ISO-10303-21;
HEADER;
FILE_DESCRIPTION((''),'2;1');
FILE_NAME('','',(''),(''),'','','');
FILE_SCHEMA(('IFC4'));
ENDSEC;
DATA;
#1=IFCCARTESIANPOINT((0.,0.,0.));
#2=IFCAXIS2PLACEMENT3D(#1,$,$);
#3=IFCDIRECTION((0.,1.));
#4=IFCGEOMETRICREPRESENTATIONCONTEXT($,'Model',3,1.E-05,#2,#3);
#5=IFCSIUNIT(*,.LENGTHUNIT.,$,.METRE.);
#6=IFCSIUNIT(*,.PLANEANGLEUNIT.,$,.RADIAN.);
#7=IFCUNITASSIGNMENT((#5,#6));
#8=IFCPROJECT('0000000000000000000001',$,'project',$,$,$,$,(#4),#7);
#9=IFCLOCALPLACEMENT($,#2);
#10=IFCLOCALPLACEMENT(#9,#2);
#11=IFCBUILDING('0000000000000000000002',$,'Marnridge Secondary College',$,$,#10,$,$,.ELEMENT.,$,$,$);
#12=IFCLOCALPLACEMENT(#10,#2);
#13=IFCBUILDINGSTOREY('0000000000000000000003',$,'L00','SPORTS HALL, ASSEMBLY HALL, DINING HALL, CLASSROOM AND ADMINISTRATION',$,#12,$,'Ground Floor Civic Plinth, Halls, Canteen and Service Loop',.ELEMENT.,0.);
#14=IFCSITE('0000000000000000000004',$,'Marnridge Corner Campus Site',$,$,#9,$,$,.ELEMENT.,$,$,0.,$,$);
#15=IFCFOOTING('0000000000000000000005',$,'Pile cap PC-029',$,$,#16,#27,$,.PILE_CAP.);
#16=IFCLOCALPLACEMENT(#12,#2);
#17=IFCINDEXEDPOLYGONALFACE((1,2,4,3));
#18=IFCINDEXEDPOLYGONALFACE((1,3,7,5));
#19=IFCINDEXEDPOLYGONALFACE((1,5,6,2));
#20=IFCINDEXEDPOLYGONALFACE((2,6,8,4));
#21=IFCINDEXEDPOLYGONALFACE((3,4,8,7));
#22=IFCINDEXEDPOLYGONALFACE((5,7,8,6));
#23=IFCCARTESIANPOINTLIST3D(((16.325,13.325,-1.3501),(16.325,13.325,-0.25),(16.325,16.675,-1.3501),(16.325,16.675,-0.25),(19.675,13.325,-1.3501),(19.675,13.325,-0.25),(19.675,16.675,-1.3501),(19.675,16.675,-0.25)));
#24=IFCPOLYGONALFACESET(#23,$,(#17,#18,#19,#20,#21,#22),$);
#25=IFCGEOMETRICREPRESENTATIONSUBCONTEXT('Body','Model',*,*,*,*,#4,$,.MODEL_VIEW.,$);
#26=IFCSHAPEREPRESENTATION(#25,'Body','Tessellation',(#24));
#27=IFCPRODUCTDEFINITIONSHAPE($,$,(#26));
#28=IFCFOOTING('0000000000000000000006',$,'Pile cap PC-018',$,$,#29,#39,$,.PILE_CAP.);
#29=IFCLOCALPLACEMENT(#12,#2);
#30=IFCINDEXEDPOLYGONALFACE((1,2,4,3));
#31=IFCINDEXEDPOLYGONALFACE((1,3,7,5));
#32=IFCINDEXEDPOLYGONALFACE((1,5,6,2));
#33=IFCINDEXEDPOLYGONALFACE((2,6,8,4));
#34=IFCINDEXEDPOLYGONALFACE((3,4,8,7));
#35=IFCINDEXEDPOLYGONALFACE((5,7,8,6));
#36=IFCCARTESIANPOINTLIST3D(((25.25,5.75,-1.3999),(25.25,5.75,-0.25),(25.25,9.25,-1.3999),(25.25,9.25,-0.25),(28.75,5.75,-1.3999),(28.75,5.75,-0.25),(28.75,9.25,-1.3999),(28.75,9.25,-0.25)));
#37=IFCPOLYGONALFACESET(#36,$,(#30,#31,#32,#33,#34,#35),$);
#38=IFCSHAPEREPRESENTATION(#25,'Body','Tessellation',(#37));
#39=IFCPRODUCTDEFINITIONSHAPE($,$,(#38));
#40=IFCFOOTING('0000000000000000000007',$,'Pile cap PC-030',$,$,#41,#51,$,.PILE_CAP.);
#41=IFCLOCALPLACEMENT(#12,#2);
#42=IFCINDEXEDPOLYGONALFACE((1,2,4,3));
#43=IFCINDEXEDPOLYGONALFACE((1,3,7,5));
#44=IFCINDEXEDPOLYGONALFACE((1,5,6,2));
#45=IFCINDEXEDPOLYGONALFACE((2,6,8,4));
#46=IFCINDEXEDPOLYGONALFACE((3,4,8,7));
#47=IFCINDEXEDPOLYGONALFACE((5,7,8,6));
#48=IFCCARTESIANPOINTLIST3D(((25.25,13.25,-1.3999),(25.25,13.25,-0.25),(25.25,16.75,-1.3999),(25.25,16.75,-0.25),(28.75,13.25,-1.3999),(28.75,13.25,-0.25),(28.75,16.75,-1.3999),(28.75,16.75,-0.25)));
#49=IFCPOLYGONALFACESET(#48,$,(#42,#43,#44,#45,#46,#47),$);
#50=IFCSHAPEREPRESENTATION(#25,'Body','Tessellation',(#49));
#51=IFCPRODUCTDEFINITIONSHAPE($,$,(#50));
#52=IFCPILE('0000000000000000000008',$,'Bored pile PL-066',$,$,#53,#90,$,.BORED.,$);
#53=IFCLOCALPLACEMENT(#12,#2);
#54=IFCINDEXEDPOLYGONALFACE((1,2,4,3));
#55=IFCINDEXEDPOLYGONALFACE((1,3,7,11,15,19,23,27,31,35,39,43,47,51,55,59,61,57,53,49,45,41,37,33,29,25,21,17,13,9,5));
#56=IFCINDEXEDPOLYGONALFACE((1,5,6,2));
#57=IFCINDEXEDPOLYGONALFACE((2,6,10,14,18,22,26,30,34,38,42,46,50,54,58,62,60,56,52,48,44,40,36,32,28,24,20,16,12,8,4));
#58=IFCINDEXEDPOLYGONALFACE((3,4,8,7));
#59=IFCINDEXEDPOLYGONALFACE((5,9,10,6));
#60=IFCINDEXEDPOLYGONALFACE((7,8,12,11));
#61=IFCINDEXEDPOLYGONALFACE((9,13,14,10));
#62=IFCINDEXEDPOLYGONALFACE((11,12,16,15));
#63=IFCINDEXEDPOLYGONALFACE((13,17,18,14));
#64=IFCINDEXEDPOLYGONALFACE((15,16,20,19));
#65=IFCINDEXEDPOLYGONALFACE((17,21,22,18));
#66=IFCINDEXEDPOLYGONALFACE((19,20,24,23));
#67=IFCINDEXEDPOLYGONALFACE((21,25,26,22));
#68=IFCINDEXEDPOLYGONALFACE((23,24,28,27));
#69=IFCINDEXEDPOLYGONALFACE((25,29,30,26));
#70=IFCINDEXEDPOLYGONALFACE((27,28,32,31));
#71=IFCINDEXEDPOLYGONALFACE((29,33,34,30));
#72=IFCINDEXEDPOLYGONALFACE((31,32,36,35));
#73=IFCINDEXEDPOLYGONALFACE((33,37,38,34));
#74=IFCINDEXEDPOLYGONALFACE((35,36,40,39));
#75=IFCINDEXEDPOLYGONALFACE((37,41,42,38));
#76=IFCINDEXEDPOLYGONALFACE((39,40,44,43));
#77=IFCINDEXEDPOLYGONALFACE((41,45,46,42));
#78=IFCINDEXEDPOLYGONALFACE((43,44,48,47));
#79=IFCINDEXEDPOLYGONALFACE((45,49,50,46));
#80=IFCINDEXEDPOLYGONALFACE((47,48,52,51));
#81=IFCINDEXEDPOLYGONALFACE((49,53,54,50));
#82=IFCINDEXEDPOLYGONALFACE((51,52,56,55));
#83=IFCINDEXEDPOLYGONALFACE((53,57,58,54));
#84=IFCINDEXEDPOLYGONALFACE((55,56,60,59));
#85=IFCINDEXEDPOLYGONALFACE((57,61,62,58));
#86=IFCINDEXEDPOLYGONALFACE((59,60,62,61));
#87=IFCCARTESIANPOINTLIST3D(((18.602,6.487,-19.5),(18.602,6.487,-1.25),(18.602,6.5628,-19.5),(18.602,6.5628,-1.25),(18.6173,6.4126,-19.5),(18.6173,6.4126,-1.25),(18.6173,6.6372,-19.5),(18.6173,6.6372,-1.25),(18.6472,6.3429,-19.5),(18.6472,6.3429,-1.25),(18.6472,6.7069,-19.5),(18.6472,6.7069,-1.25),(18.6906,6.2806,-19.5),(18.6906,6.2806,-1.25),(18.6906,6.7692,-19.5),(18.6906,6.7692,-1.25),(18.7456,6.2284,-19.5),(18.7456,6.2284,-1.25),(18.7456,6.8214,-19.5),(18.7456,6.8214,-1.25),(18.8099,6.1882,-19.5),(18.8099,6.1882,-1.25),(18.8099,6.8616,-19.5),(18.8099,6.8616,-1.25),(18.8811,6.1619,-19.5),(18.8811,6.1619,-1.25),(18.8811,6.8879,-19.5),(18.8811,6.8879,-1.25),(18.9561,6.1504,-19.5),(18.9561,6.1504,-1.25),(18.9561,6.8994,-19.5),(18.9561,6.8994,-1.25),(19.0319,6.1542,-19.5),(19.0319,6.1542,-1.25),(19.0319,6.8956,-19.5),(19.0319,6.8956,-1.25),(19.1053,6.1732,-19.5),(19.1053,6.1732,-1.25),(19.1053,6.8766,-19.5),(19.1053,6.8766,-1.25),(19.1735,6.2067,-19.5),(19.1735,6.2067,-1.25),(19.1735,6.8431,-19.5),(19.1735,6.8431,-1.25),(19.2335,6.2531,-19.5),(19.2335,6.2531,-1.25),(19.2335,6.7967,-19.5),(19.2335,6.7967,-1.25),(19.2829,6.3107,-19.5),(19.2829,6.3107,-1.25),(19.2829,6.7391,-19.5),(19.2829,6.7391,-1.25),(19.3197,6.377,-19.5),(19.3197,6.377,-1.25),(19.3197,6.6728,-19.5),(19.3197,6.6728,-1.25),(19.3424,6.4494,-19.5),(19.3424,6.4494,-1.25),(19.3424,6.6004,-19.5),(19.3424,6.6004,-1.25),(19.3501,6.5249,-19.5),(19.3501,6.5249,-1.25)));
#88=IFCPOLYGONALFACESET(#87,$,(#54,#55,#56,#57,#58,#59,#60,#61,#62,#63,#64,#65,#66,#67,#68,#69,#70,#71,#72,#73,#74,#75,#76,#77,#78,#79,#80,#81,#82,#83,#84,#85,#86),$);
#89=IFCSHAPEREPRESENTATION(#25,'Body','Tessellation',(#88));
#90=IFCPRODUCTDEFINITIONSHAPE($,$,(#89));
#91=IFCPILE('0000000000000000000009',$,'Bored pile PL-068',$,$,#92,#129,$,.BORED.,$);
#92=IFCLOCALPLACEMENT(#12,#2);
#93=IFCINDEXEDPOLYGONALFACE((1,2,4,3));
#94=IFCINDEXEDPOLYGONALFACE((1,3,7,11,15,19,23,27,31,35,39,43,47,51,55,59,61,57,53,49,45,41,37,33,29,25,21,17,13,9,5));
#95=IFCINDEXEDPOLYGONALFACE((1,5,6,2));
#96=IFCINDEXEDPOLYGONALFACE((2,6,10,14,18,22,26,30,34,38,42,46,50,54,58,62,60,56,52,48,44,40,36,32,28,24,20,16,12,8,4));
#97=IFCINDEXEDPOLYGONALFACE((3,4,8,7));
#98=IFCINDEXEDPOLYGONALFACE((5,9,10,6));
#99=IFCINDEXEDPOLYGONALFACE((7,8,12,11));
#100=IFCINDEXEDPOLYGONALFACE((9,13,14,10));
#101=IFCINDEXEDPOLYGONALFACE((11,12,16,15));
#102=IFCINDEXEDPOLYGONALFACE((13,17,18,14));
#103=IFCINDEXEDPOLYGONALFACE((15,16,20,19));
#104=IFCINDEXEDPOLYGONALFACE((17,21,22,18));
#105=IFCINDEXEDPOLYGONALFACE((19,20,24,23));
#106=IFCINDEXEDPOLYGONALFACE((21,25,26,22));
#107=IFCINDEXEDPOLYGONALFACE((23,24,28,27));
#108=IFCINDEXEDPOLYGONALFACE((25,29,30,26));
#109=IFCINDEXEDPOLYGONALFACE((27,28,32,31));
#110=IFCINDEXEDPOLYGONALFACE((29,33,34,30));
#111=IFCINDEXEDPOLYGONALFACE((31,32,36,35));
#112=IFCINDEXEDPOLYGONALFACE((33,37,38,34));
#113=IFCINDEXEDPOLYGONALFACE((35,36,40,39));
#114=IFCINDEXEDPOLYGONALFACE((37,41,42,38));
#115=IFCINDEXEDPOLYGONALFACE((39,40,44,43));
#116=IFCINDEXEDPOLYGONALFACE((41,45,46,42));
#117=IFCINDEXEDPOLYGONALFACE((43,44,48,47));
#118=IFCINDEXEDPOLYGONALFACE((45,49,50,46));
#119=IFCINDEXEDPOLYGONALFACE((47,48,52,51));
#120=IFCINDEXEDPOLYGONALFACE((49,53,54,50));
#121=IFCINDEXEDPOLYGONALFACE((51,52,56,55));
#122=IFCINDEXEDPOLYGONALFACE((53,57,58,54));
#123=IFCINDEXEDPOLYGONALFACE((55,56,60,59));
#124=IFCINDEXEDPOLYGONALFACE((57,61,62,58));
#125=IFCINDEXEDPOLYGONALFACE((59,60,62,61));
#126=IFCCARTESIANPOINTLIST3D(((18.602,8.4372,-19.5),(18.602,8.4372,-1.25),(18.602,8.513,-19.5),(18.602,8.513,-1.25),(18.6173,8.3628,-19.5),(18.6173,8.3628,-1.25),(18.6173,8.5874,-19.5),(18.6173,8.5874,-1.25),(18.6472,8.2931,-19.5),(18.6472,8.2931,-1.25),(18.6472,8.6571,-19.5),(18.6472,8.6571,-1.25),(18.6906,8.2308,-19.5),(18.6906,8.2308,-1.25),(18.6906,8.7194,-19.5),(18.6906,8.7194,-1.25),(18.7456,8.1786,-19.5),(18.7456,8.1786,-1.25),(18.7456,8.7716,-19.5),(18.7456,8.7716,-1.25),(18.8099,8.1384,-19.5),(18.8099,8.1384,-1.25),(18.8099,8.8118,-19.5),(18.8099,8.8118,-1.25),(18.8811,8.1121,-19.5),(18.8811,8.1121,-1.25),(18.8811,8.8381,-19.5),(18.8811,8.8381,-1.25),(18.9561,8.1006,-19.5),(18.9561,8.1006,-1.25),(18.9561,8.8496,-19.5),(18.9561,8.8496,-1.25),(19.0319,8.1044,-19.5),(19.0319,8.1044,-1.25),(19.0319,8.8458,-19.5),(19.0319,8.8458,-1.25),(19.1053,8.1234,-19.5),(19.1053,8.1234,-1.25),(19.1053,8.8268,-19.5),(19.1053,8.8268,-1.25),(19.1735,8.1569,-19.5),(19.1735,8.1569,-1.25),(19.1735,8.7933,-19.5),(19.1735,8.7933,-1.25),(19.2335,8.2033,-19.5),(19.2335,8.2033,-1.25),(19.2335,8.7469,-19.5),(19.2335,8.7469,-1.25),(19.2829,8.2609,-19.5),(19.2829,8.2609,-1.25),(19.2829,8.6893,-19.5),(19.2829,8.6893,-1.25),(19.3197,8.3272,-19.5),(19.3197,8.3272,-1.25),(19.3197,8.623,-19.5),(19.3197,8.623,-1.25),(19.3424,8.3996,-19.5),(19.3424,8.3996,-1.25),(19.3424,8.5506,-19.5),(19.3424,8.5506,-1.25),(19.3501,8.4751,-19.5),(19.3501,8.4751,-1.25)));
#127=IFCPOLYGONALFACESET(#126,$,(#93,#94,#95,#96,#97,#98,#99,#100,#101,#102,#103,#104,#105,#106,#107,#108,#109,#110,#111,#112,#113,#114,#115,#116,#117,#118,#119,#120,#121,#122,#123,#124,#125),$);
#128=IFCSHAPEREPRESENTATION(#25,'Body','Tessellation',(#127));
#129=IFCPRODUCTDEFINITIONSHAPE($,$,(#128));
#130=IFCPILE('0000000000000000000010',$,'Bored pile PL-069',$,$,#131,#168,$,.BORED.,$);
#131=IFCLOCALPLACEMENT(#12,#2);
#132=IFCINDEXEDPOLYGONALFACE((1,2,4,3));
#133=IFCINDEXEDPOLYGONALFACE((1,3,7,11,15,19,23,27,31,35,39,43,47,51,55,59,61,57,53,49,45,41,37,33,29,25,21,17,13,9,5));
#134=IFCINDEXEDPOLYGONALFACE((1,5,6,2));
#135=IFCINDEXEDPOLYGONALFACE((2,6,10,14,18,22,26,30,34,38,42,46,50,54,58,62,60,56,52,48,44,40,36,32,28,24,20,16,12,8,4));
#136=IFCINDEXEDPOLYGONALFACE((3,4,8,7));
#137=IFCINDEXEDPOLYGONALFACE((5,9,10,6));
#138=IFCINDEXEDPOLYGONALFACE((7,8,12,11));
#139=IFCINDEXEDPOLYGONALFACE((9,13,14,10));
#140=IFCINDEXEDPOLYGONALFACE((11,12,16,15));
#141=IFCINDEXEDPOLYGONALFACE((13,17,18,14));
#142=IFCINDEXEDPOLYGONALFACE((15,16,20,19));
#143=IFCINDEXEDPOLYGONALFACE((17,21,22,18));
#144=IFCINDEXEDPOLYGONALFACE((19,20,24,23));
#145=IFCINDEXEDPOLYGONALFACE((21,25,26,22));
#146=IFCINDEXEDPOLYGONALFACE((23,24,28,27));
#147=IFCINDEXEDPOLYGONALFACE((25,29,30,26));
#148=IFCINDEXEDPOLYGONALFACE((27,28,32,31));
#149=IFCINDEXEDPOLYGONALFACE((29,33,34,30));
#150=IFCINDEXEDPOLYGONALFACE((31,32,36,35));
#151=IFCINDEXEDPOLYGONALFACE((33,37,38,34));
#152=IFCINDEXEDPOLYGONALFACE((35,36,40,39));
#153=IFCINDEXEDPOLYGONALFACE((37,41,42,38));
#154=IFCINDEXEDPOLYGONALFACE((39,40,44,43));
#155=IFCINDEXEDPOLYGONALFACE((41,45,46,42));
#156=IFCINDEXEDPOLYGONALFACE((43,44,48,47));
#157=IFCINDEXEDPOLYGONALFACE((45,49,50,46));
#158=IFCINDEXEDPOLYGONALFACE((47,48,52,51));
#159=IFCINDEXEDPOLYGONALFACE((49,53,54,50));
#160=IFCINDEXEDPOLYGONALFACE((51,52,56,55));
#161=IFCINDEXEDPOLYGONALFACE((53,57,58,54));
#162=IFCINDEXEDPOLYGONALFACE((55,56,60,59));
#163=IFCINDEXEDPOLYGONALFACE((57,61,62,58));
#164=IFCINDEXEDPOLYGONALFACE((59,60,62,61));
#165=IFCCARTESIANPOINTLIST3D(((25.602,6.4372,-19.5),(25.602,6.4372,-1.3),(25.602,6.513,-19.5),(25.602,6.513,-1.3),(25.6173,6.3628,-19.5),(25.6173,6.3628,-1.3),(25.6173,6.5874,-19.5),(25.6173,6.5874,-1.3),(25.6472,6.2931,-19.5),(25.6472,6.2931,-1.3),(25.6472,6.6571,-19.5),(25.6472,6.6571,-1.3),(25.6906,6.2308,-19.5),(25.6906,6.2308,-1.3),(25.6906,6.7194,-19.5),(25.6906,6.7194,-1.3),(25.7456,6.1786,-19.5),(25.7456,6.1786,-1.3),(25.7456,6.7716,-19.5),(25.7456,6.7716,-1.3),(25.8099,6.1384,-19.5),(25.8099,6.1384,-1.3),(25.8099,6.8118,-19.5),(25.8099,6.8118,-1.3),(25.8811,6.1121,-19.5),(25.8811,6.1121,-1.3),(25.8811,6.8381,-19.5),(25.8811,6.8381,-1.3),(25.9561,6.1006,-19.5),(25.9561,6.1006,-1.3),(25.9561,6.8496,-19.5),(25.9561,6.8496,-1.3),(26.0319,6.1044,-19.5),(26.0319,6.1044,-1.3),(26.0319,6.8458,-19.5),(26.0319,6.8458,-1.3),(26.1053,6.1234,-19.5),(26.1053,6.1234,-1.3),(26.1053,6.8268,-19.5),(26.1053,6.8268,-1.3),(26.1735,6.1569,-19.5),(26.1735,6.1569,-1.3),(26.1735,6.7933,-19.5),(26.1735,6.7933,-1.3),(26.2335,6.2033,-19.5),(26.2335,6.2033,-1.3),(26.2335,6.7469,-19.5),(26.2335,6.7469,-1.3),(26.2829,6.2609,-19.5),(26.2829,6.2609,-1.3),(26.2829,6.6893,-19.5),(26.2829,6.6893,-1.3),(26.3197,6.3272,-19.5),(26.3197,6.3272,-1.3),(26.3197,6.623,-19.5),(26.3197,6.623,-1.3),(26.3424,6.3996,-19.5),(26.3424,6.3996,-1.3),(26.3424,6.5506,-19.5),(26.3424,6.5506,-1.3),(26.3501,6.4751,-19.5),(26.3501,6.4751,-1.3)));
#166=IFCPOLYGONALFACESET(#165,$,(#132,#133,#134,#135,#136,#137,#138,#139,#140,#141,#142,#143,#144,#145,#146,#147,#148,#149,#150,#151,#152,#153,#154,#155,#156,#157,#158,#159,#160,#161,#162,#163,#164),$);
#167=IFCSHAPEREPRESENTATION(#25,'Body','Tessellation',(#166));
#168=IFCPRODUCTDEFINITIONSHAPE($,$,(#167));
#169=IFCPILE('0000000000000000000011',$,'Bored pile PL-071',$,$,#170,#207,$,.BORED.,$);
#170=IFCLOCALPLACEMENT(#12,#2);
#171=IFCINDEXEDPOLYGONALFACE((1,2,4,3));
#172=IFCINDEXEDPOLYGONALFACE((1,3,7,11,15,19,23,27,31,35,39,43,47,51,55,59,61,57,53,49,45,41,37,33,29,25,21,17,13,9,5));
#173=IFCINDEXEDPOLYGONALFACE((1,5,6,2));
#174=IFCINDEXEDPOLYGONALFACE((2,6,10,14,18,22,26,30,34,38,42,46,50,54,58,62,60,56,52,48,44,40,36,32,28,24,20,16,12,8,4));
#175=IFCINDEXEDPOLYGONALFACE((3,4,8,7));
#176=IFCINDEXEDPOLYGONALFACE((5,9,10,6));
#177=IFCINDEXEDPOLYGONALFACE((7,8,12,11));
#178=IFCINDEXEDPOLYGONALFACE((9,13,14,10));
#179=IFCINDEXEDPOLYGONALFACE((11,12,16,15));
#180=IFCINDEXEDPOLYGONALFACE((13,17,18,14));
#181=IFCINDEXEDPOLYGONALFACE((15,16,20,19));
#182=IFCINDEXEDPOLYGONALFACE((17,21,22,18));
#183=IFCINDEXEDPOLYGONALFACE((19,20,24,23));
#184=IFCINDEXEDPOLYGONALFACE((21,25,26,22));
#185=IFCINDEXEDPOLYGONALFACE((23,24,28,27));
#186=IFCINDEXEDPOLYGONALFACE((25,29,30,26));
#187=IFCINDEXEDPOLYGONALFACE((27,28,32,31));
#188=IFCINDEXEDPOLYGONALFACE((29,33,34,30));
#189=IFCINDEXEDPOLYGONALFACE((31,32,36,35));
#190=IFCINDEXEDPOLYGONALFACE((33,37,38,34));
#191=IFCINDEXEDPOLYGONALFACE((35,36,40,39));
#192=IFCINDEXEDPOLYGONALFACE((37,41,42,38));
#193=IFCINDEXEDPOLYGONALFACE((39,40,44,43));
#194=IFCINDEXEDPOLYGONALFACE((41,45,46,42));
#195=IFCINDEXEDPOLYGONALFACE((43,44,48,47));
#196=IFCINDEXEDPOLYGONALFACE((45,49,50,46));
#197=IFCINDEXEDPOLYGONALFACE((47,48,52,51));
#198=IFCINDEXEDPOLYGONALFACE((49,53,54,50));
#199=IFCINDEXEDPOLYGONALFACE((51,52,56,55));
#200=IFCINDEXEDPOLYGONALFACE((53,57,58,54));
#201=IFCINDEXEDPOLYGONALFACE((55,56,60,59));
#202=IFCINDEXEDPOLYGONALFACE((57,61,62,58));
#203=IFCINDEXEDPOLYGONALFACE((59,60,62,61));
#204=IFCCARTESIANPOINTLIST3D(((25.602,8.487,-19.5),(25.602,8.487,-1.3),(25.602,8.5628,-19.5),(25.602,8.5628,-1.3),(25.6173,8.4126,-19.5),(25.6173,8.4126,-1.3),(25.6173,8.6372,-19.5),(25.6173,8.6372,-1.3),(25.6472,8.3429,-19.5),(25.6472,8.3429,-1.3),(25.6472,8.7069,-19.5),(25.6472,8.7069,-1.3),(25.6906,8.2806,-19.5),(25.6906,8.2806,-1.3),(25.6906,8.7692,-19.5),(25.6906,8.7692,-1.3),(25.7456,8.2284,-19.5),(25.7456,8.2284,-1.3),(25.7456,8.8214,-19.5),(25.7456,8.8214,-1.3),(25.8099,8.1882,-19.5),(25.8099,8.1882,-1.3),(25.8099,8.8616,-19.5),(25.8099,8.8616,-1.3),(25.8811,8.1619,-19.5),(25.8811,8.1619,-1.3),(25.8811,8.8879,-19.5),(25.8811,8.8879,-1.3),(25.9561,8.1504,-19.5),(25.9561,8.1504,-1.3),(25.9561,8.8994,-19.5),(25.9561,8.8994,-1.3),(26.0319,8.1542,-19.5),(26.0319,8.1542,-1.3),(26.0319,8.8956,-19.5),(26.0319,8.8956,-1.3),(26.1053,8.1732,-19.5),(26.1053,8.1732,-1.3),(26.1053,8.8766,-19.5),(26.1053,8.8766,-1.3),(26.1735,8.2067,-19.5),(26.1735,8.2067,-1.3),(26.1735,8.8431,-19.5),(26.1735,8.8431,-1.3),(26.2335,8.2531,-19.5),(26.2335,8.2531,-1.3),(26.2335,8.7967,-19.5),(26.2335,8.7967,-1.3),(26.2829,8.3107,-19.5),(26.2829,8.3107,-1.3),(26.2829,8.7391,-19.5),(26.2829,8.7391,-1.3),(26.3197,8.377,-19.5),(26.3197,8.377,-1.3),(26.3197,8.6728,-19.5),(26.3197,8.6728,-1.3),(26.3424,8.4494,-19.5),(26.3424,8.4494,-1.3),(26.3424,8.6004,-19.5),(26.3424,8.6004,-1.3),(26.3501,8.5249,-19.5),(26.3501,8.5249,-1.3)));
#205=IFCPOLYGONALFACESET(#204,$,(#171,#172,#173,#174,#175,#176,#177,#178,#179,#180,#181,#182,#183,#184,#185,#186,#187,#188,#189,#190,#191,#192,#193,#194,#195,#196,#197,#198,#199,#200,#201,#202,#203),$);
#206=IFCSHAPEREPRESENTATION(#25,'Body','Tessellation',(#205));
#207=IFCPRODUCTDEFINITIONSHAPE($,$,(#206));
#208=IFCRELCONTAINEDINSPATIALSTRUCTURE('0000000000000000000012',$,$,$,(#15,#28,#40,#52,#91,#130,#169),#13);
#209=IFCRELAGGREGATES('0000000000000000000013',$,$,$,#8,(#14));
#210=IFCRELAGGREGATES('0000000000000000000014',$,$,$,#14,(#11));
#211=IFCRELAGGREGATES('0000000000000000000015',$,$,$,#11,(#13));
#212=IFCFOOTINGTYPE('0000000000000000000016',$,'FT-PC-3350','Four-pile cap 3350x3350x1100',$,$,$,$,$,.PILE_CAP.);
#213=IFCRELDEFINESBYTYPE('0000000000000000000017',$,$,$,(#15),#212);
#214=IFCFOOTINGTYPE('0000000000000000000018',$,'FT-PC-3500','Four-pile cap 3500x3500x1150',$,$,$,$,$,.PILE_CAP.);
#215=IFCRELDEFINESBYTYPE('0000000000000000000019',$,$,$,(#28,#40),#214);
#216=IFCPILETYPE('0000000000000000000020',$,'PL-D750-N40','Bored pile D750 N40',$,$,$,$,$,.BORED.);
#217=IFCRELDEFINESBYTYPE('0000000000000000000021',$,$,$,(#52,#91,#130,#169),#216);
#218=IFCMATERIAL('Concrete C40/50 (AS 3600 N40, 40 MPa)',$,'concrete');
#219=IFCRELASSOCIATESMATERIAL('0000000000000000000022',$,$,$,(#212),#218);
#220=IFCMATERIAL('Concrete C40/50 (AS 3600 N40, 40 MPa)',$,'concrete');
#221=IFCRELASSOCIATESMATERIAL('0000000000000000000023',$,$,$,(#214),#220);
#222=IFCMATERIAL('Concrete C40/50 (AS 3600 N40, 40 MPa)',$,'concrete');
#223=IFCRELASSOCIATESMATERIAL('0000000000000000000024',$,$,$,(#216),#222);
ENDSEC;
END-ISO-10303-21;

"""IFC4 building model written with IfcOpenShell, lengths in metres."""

from ifc_helpers import new_model, si_unit, direction, frame, origin, origin_2d, place, context, subcontext, project, spatial, rectangle, circle, extrude, material, material_profile, profile_set, type_object, element, save


model = new_model("IFC4")

# Units and contexts
model_context = context("Model", 3, precision=1e-05, world=origin(), true_north=direction((0.0, 1.0)))
body_context = subcontext(model_context, "Body", "Model", "MODEL_VIEW")
ifc_project = project(units=[si_unit("LENGTHUNIT", "METRE"), si_unit("PLANEANGLEUNIT", "RADIAN")], contexts=[model_context])

# Site, building, storey
site_placement = place(None, origin())
site = spatial("IfcSite", under=ifc_project, at=site_placement, Name="Marnridge Corner Campus Site", CompositionType="ELEMENT", RefElevation=0.0)
building_placement = place(site_placement, origin())
building = spatial("IfcBuilding", under=site, at=building_placement, Name="Marnridge Secondary College", CompositionType="ELEMENT")
storey_placement = place(building_placement, origin())
storey = spatial("IfcBuildingStorey", under=building, at=storey_placement, Name="L00", Description="SPORTS HALL, ASSEMBLY HALL, DINING HALL, CLASSROOM AND ADMINISTRATION", LongName="Ground Floor Civic Plinth, Halls, Canteen and Service Loop", CompositionType="ELEMENT", Elevation=0.0)

# Footings
ifc_material_1 = material(Name="Concrete C40/50 (AS 3600 N40, 40 MPa)", Category="concrete")
footing_type_1 = type_object("IfcFootingType", Name="FT-PC-3350", Description="Four-pile cap 3350x3350x1100", PredefinedType="PILE_CAP", material=ifc_material_1)
footing_placement = place(storey_placement, frame((18.0, 15.0, -1.3501), z_axis=(0.0, 0.0, 1.0), x_axis=(1.0, 0.0, 0.0)))
element("IfcFooting", 1, at=footing_placement, inside=storey, type_object=footing_type_1, Name="Pile cap PC-029", PredefinedType="PILE_CAP", context=body_context, shape_type="SweptSolid", body=[
    extrude(rectangle(XDim=3.3501, YDim=3.3501, at=origin_2d()), origin(), (0.0, 0.0, 1.0), 1.1001),
])
ifc_material_2 = material(Name="Concrete C40/50 (AS 3600 N40, 40 MPa)", Category="concrete")
footing_type_2 = type_object("IfcFootingType", Name="FT-PC-3500", Description="Four-pile cap 3500x3500x1150", PredefinedType="PILE_CAP", material=ifc_material_2)
for number, where, z_axis, x_axis, name in (
    (2, (27.0, 7.5, -1.3999), (0.0, 0.0, 1.0), (1.0, 0.0, 0.0), "Pile cap PC-018"),
    (3, (27.0, 15.0, -1.3999), (0.0, 0.0, 1.0), (1.0, 0.0, 0.0), "Pile cap PC-030"),
):
    element("IfcFooting", number, at=place(storey_placement, frame(where, z_axis=z_axis, x_axis=x_axis)), inside=storey, type_object=footing_type_2, Name=name, PredefinedType="PILE_CAP", context=body_context, shape_type="SweptSolid", body=[
        extrude(rectangle(XDim=3.5, YDim=3.5, at=origin_2d()), origin(), (0.0, 0.0, 1.0), 1.1499),
    ])

# Piles
ifc_material_3 = material(Name="Concrete C40/50 (AS 3600 N40, 40 MPa)", Category="concrete")
ifc_material_profile_1 = material_profile(ifc_material_3, circle(Radius=0.375, at=origin_2d()), Name="PILE D750")
ifc_profile_set_1 = profile_set([ifc_material_profile_1], Name="Concrete C40/50 (AS 3600 N40, 40 MPa)")
pile_type = type_object("IfcPileType", Name="PL-D750-N40", Description="Bored pile D750 N40", PredefinedType="BORED", material=ifc_profile_set_1)
for number, where, z_axis, x_axis, name in (
    (4, (18.9751, 6.5249, -1.25), (0.0, 0.0, -1.0), (1.0, 0.0, 0.0), "Bored pile PL-066"),
    (5, (18.9751, 8.4751, -1.25), (0.0, 0.0, -1.0), (1.0, 0.0, 0.0), "Bored pile PL-068"),
):
    element("IfcPile", number, at=place(storey_placement, frame(where, z_axis=z_axis, x_axis=x_axis)), inside=storey, type_object=pile_type, Name=name, PredefinedType="BORED", context=body_context, shape_type="SweptSolid", body=[
        extrude(circle(Radius=0.375, at=origin_2d()), origin(), (0.0, 0.0, 1.0), 18.25),
    ])
for number, where, z_axis, x_axis, name in (
    (6, (25.9751, 6.4751, -1.3), (0.0, 0.0, -1.0), (1.0, 0.0, 0.0), "Bored pile PL-069"),
    (7, (25.9751, 8.5249, -1.3), (0.0, 0.0, -1.0), (1.0, 0.0, 0.0), "Bored pile PL-071"),
):
    element("IfcPile", number, at=place(storey_placement, frame(where, z_axis=z_axis, x_axis=x_axis)), inside=storey, type_object=pile_type, Name=name, PredefinedType="BORED", context=body_context, shape_type="SweptSolid", body=[
        extrude(circle(Radius=0.375, at=origin_2d()), origin(), (0.0, 0.0, 1.0), 18.2),
    ])

save(model, "model.ifc")
